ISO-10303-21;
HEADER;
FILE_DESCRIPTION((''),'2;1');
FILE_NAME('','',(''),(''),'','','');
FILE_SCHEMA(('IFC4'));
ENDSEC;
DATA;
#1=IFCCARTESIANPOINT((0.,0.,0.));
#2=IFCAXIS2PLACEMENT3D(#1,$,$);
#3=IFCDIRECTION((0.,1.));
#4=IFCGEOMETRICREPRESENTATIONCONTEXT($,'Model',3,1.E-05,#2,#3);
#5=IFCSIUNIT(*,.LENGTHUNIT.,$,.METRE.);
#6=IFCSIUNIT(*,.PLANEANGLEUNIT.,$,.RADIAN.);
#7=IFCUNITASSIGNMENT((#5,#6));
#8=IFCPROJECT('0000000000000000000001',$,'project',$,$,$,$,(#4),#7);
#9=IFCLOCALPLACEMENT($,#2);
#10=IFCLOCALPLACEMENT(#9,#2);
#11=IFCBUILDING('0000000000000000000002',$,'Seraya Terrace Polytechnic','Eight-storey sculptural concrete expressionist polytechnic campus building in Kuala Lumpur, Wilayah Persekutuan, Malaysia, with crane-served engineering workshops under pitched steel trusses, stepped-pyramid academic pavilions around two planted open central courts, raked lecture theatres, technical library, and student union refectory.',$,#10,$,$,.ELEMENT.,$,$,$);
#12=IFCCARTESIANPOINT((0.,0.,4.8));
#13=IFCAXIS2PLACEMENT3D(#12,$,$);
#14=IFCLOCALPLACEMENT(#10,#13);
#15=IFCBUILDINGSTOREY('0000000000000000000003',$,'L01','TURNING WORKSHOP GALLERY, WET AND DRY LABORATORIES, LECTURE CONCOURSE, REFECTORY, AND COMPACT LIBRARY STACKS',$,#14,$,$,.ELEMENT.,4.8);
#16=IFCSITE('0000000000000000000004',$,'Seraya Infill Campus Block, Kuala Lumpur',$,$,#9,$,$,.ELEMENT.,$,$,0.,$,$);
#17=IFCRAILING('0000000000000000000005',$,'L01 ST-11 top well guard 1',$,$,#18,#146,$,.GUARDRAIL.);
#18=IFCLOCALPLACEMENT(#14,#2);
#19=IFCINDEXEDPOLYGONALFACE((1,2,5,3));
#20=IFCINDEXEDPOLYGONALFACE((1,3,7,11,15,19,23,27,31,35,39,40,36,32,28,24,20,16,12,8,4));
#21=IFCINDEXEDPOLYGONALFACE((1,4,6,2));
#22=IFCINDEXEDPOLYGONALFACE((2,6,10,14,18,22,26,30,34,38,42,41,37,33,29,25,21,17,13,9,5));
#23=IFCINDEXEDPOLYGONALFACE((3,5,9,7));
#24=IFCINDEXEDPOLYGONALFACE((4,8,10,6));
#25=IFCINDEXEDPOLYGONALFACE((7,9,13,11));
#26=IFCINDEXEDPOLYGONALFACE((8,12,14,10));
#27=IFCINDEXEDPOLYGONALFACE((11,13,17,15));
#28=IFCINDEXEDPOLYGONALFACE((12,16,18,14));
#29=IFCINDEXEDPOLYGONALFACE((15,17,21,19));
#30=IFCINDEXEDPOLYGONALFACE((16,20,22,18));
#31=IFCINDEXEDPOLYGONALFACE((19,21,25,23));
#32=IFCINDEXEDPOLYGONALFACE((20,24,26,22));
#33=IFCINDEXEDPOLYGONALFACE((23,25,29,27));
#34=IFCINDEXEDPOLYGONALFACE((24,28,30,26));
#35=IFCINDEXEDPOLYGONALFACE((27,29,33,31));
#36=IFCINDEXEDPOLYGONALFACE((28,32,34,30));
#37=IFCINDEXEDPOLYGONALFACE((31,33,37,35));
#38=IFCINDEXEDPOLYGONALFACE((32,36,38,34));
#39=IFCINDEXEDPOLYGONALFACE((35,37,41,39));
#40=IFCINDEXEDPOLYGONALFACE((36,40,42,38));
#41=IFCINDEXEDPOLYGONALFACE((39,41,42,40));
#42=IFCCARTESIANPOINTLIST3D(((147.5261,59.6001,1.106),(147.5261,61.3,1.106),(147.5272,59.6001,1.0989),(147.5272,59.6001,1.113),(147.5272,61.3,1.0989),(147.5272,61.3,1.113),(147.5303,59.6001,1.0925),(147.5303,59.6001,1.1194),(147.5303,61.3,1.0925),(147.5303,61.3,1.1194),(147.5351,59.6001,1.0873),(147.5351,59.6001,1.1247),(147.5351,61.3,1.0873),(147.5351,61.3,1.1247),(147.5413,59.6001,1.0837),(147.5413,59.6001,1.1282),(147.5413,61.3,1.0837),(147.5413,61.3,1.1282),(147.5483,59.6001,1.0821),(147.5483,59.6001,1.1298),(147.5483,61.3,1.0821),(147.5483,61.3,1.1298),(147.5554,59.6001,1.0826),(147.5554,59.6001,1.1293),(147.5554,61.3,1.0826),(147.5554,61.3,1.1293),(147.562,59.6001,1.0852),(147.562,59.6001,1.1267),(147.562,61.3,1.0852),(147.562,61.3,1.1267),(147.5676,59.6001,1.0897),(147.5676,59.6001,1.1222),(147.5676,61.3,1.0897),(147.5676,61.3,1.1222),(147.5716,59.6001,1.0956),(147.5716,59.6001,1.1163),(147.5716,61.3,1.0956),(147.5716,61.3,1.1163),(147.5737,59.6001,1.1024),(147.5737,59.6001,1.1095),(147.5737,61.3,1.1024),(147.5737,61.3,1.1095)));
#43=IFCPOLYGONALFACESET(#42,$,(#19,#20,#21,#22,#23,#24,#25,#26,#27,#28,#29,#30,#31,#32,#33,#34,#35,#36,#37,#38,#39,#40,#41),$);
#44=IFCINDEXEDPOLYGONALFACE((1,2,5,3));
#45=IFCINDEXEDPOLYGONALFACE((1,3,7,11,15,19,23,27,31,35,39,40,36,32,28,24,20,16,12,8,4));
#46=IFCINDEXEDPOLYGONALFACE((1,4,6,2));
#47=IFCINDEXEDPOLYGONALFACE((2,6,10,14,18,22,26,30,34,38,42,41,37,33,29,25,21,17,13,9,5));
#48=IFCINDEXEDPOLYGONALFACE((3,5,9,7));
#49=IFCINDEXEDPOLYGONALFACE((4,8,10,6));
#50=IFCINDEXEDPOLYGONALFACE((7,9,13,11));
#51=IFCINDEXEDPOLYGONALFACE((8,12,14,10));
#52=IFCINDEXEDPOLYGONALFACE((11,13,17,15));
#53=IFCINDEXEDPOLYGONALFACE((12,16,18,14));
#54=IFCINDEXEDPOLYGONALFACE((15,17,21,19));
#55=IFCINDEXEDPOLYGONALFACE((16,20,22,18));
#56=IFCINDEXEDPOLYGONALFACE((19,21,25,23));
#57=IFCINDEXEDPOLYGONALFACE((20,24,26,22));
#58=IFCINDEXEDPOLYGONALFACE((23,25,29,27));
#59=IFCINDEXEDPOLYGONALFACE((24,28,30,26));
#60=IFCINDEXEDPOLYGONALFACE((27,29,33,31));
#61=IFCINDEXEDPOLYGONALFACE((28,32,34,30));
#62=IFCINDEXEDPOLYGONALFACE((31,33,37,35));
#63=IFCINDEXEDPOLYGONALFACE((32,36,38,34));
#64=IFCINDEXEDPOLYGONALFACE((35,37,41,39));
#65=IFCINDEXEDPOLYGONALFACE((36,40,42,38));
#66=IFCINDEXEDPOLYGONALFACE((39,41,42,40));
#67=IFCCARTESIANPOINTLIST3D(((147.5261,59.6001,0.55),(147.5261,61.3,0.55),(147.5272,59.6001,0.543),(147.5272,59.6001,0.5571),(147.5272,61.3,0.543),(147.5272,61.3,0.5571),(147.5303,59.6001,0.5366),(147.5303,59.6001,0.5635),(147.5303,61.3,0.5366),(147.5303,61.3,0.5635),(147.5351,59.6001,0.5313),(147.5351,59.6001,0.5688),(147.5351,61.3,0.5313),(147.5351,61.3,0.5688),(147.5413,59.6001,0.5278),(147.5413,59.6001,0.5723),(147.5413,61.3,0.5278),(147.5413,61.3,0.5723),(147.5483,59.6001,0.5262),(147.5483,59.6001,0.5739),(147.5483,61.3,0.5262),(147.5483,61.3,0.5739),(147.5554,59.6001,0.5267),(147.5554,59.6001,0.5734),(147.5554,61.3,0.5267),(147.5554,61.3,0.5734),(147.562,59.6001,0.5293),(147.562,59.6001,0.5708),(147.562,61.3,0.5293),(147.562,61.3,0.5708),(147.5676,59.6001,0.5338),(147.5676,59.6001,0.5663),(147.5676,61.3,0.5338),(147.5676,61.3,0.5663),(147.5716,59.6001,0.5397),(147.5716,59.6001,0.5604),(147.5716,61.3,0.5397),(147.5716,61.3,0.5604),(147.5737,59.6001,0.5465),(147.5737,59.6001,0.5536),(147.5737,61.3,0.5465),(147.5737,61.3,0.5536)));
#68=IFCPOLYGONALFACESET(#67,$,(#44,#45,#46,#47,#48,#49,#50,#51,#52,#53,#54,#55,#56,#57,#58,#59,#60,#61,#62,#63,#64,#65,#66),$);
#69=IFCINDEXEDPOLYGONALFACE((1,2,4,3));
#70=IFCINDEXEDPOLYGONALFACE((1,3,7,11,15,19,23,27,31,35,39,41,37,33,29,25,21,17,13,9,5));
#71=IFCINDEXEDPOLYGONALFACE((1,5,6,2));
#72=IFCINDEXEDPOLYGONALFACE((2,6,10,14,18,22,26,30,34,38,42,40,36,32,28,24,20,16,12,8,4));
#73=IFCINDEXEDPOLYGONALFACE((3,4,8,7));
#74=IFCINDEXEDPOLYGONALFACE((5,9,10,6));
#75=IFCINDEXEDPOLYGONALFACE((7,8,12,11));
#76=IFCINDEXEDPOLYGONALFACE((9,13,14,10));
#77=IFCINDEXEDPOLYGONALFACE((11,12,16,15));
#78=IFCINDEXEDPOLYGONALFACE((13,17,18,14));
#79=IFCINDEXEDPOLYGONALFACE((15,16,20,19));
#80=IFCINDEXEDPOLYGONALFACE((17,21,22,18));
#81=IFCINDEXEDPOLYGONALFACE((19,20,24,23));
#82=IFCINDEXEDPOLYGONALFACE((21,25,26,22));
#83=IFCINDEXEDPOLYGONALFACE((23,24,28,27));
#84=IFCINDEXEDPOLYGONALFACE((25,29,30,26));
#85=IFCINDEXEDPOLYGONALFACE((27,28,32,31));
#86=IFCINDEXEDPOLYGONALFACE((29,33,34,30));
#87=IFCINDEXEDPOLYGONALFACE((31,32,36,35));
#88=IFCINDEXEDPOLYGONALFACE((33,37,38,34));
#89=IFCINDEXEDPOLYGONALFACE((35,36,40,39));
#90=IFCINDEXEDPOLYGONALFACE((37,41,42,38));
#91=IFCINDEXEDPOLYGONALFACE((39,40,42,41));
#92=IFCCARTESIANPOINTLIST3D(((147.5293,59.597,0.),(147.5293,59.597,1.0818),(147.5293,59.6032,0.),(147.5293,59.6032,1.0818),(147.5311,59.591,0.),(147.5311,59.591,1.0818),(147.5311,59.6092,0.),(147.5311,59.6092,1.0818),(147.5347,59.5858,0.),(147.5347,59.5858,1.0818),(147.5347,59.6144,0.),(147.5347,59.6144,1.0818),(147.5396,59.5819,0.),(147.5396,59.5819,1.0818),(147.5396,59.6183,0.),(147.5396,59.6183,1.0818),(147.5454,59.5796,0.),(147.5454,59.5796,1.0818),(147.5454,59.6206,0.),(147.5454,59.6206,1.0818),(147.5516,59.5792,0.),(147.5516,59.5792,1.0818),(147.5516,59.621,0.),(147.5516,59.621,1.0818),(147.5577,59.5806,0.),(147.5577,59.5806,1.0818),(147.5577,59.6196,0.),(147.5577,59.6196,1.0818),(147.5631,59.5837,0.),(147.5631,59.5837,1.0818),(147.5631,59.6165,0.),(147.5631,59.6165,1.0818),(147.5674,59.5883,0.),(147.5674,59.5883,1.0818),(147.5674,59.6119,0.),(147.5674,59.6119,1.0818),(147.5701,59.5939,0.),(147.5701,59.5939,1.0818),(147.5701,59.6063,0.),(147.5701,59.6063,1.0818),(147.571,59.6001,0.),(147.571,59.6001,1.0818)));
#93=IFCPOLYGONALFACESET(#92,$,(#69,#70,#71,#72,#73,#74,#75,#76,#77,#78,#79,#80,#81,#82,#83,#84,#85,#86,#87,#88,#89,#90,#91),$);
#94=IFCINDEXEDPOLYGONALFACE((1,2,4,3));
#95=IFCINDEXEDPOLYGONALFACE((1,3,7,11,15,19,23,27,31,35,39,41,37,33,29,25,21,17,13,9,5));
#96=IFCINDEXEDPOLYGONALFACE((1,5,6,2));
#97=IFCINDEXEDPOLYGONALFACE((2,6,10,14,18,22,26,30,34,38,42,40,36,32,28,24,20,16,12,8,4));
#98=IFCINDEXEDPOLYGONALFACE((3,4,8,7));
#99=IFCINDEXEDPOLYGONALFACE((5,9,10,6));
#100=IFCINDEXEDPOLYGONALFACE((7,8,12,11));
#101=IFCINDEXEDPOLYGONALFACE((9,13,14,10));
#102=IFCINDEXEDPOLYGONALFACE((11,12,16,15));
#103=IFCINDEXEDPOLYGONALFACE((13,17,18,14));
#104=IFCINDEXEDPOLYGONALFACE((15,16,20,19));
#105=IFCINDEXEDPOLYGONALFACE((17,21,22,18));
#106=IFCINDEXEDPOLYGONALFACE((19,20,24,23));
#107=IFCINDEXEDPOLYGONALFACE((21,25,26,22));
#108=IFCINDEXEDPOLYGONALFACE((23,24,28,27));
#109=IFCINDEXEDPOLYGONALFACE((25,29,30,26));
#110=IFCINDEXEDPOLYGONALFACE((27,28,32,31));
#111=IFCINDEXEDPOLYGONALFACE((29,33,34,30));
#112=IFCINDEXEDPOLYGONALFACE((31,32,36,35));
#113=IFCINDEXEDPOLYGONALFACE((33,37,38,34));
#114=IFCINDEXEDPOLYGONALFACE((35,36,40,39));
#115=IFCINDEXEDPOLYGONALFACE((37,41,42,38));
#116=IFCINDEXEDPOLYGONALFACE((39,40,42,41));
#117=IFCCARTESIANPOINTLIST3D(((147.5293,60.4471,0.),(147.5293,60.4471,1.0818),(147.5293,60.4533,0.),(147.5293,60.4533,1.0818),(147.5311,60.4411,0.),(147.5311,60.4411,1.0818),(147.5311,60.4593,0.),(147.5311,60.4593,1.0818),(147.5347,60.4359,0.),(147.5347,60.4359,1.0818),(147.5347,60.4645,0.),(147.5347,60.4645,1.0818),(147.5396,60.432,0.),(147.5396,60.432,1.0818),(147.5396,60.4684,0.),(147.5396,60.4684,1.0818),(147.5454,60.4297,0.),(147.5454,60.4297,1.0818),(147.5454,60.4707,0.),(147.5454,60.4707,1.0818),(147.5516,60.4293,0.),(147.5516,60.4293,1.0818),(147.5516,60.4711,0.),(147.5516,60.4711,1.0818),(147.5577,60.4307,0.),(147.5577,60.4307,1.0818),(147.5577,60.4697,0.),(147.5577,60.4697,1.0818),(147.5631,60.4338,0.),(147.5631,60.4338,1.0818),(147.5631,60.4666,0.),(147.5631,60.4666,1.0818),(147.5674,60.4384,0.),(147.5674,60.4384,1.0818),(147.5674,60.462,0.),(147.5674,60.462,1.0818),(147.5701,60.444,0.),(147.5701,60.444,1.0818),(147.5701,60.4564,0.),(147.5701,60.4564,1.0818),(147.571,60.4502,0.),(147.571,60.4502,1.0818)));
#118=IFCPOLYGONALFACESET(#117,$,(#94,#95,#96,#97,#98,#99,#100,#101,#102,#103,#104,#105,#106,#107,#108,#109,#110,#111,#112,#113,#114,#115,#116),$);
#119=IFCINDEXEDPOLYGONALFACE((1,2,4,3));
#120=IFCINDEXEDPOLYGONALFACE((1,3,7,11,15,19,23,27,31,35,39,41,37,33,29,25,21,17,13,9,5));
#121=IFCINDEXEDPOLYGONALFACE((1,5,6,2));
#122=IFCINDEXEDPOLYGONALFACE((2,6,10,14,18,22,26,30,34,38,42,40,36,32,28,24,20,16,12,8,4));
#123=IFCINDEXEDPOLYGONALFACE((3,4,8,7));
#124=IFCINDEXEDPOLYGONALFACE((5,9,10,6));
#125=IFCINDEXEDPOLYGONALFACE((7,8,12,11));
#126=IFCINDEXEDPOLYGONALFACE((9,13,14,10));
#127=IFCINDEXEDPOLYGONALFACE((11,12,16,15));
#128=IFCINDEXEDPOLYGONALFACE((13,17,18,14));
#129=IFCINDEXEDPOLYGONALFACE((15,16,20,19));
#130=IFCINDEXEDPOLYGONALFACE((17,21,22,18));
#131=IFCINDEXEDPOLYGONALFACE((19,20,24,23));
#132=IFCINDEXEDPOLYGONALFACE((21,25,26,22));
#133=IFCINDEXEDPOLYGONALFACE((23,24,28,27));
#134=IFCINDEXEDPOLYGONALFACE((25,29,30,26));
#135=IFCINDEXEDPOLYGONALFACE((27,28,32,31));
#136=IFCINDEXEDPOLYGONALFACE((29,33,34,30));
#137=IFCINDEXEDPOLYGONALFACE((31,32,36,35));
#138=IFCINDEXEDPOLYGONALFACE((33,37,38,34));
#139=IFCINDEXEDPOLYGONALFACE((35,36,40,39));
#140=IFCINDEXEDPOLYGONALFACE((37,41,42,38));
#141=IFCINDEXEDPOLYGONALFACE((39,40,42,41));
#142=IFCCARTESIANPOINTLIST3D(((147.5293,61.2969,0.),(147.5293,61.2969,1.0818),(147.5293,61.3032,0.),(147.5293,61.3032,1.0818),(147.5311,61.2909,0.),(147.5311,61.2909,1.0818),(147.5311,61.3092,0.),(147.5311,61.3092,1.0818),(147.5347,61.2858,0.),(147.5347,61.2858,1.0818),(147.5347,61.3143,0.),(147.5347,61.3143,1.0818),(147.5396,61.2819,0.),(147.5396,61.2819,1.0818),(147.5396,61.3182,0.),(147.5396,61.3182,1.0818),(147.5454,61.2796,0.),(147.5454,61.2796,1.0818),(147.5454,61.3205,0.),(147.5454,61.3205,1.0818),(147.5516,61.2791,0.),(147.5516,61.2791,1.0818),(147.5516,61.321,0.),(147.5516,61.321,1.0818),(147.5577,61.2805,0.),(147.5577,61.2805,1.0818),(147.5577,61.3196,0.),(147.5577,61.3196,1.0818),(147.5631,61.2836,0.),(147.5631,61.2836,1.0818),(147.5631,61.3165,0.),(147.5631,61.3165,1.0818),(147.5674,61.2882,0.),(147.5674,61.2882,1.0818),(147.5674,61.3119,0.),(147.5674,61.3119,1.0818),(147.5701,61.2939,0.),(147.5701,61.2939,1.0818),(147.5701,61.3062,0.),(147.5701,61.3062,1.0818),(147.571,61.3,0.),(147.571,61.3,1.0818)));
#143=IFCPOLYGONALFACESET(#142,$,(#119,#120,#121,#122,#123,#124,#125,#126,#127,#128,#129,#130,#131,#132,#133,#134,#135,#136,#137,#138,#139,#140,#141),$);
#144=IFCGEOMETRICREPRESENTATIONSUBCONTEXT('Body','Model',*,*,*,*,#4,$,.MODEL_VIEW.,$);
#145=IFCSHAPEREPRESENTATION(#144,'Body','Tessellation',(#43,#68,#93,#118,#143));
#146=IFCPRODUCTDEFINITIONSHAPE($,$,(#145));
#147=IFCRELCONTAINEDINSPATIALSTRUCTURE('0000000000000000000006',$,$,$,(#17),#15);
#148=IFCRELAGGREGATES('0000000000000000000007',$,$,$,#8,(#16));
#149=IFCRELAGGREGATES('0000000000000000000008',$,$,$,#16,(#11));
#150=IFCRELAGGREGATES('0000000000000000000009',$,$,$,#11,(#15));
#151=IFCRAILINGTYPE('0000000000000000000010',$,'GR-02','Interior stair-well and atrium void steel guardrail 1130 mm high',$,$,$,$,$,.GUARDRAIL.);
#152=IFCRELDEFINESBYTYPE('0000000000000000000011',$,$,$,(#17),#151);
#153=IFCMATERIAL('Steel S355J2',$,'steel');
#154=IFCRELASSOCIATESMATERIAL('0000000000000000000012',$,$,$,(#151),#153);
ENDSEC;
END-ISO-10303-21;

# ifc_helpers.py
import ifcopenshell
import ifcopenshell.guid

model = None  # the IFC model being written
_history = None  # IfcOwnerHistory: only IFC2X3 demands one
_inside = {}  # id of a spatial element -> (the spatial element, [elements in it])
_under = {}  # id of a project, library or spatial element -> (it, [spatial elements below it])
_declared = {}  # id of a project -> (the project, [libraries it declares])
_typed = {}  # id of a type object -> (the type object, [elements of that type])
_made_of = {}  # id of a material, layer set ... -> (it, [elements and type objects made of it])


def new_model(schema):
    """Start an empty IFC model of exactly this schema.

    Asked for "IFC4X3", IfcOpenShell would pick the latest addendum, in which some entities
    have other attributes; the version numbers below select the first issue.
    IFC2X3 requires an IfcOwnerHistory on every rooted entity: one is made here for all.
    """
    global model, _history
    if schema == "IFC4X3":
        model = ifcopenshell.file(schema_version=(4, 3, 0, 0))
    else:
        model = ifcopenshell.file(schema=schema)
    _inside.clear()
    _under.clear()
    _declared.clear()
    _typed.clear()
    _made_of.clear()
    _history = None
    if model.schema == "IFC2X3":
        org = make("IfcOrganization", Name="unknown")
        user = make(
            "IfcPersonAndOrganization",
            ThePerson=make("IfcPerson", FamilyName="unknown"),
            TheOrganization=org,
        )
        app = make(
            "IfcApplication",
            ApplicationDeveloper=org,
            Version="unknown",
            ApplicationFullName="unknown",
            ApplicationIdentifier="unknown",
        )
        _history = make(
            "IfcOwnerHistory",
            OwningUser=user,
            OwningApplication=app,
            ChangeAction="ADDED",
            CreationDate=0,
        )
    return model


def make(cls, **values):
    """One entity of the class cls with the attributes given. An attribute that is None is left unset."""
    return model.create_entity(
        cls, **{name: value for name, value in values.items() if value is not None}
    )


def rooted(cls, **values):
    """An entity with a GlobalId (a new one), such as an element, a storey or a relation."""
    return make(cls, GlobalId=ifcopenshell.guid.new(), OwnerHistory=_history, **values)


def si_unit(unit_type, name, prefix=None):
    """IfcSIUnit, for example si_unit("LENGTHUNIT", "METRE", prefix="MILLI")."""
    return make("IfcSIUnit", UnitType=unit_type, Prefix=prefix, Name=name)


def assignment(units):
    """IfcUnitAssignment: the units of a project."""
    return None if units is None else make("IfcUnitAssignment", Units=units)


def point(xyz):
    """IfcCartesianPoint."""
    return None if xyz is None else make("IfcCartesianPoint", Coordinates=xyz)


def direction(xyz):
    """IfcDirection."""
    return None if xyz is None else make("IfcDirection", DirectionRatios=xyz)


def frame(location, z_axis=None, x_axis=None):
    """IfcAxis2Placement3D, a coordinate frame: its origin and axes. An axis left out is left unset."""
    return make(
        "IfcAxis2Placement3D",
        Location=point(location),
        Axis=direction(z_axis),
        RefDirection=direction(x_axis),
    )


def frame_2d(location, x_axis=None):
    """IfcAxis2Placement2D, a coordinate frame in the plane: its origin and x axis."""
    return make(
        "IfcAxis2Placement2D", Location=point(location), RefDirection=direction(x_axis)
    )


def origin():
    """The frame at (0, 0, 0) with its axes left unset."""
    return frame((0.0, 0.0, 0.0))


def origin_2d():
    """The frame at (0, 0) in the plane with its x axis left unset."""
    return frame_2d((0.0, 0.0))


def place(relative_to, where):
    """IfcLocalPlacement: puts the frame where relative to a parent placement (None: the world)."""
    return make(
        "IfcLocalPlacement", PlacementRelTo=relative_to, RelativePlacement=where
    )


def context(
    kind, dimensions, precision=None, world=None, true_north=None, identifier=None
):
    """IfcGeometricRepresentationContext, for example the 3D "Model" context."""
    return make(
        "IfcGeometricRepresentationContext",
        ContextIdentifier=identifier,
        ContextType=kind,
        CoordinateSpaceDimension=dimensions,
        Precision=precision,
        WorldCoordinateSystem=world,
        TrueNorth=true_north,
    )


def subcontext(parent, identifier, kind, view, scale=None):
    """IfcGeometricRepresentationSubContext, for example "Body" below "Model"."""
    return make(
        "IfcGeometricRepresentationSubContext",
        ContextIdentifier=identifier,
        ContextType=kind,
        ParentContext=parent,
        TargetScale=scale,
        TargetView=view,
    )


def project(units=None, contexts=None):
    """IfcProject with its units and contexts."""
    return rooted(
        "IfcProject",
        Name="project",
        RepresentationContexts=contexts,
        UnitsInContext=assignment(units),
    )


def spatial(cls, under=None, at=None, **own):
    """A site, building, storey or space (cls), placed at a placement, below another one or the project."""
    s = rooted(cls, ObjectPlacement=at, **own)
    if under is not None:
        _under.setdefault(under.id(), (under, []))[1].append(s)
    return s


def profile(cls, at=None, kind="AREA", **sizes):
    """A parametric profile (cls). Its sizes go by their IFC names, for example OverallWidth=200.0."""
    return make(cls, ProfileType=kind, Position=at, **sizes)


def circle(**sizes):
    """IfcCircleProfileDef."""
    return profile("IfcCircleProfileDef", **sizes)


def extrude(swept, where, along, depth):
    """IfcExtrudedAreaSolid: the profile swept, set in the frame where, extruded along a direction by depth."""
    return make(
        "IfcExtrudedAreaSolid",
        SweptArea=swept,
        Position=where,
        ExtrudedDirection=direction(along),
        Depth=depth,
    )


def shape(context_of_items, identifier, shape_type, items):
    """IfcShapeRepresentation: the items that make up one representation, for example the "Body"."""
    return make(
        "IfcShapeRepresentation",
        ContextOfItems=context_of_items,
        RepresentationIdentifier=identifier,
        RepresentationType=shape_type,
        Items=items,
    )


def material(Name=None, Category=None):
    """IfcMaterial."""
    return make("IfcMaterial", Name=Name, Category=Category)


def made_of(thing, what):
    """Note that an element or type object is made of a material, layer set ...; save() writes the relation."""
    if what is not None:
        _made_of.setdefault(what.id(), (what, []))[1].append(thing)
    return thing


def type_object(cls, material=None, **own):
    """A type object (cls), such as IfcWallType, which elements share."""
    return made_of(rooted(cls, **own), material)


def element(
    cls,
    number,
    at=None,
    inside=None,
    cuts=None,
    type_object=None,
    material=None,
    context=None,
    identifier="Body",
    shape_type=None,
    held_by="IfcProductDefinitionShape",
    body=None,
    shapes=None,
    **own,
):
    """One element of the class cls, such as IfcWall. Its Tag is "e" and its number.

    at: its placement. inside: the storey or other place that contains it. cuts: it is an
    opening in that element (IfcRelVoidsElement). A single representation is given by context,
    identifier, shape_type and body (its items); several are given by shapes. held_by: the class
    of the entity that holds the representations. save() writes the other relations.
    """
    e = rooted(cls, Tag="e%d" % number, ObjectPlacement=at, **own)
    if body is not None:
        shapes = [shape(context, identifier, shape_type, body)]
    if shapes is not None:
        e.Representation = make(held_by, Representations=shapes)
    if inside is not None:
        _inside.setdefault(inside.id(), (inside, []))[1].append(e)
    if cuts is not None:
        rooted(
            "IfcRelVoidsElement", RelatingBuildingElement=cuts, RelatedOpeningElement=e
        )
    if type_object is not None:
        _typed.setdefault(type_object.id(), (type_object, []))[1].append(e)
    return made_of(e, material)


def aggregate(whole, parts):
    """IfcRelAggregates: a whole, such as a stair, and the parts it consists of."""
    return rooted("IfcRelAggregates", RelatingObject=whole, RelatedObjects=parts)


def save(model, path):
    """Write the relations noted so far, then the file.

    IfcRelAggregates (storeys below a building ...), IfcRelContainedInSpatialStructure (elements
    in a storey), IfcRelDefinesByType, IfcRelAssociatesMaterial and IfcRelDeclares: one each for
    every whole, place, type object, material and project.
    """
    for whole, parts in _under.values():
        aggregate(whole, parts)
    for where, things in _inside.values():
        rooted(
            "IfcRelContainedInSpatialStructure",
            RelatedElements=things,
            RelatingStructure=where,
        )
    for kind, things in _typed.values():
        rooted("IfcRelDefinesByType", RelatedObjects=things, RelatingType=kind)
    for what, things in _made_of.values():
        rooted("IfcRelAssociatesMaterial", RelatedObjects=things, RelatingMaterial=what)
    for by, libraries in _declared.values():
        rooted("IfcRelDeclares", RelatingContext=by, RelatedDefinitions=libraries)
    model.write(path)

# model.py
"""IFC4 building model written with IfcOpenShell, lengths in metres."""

from ifc_helpers import new_model, si_unit, direction, frame, origin, origin_2d, place, context, subcontext, project, spatial, circle, extrude, material, type_object, element, save


model = new_model("IFC4")

# Units and contexts
model_context = context("Model", 3, precision=1e-05, world=origin(), true_north=direction((0.0, 1.0)))
body_context = subcontext(model_context, "Body", "Model", "MODEL_VIEW")
ifc_project = project(units=[si_unit("LENGTHUNIT", "METRE"), si_unit("PLANEANGLEUNIT", "RADIAN")], contexts=[model_context])

# Site, building, storey
site_placement = place(None, origin())
site = spatial("IfcSite", under=ifc_project, at=site_placement, Name="Seraya Infill Campus Block, Kuala Lumpur", CompositionType="ELEMENT", RefElevation=0.0)
building_placement = place(site_placement, origin())
building = spatial("IfcBuilding", under=site, at=building_placement, Name="Seraya Terrace Polytechnic", Description="Eight-storey sculptural concrete expressionist polytechnic campus building in Kuala Lumpur, Wilayah Persekutuan, Malaysia, with crane-served engineering workshops under pitched steel trusses, stepped-pyramid academic pavilions around two planted open central courts, raked lecture theatres, technical library, and student union refectory.", CompositionType="ELEMENT")
storey_placement = place(building_placement, frame((0.0, 0.0, 4.8)))
storey = spatial("IfcBuildingStorey", under=building, at=storey_placement, Name="L01", Description="TURNING WORKSHOP GALLERY, WET AND DRY LABORATORIES, LECTURE CONCOURSE, REFECTORY, AND COMPACT LIBRARY STACKS", CompositionType="ELEMENT", Elevation=4.8)

# Shared definitions
ifc_material_1 = material(Name="Steel S355J2", Category="steel")

# Railing
railing_type = type_object("IfcRailingType", Name="GR-02", Description="Interior stair-well and atrium void steel guardrail 1130 mm high", PredefinedType="GUARDRAIL", material=ifc_material_1)
railing_placement = place(storey_placement, frame((147.55, 59.6001, 0.0)))
element("IfcRailing", 1, at=railing_placement, inside=storey, type_object=railing_type, Name="L01 ST-11 top well guard 1", PredefinedType="GUARDRAIL", context=body_context, shape_type="SweptSolid", body=[
    extrude(circle(Radius=0.0239, at=origin_2d()), frame((0.0, 0.0, 1.106), z_axis=(0.0, 1.0, 0.0), x_axis=(-1.0, 0.0, 0.0)), (0.0, 0.0, 1.0), 1.7),
    extrude(circle(Radius=0.0239, at=origin_2d()), frame((0.0, 0.0, 0.55), z_axis=(0.0, 1.0, 0.0), x_axis=(-1.0, 0.0, 0.0)), (0.0, 0.0, 1.0), 1.7),
    extrude(circle(Radius=0.021, at=origin_2d()), origin(), (0.0, 0.0, 1.0), 1.0818),
    extrude(circle(Radius=0.021, at=origin_2d()), frame((0.0, 0.8501, 0.0)), (0.0, 0.0, 1.0), 1.0818),
    extrude(circle(Radius=0.021, at=origin_2d()), frame((0.0, 1.7, 0.0)), (0.0, 0.0, 1.0), 1.0818),
])

save(model, "model.ifc")
